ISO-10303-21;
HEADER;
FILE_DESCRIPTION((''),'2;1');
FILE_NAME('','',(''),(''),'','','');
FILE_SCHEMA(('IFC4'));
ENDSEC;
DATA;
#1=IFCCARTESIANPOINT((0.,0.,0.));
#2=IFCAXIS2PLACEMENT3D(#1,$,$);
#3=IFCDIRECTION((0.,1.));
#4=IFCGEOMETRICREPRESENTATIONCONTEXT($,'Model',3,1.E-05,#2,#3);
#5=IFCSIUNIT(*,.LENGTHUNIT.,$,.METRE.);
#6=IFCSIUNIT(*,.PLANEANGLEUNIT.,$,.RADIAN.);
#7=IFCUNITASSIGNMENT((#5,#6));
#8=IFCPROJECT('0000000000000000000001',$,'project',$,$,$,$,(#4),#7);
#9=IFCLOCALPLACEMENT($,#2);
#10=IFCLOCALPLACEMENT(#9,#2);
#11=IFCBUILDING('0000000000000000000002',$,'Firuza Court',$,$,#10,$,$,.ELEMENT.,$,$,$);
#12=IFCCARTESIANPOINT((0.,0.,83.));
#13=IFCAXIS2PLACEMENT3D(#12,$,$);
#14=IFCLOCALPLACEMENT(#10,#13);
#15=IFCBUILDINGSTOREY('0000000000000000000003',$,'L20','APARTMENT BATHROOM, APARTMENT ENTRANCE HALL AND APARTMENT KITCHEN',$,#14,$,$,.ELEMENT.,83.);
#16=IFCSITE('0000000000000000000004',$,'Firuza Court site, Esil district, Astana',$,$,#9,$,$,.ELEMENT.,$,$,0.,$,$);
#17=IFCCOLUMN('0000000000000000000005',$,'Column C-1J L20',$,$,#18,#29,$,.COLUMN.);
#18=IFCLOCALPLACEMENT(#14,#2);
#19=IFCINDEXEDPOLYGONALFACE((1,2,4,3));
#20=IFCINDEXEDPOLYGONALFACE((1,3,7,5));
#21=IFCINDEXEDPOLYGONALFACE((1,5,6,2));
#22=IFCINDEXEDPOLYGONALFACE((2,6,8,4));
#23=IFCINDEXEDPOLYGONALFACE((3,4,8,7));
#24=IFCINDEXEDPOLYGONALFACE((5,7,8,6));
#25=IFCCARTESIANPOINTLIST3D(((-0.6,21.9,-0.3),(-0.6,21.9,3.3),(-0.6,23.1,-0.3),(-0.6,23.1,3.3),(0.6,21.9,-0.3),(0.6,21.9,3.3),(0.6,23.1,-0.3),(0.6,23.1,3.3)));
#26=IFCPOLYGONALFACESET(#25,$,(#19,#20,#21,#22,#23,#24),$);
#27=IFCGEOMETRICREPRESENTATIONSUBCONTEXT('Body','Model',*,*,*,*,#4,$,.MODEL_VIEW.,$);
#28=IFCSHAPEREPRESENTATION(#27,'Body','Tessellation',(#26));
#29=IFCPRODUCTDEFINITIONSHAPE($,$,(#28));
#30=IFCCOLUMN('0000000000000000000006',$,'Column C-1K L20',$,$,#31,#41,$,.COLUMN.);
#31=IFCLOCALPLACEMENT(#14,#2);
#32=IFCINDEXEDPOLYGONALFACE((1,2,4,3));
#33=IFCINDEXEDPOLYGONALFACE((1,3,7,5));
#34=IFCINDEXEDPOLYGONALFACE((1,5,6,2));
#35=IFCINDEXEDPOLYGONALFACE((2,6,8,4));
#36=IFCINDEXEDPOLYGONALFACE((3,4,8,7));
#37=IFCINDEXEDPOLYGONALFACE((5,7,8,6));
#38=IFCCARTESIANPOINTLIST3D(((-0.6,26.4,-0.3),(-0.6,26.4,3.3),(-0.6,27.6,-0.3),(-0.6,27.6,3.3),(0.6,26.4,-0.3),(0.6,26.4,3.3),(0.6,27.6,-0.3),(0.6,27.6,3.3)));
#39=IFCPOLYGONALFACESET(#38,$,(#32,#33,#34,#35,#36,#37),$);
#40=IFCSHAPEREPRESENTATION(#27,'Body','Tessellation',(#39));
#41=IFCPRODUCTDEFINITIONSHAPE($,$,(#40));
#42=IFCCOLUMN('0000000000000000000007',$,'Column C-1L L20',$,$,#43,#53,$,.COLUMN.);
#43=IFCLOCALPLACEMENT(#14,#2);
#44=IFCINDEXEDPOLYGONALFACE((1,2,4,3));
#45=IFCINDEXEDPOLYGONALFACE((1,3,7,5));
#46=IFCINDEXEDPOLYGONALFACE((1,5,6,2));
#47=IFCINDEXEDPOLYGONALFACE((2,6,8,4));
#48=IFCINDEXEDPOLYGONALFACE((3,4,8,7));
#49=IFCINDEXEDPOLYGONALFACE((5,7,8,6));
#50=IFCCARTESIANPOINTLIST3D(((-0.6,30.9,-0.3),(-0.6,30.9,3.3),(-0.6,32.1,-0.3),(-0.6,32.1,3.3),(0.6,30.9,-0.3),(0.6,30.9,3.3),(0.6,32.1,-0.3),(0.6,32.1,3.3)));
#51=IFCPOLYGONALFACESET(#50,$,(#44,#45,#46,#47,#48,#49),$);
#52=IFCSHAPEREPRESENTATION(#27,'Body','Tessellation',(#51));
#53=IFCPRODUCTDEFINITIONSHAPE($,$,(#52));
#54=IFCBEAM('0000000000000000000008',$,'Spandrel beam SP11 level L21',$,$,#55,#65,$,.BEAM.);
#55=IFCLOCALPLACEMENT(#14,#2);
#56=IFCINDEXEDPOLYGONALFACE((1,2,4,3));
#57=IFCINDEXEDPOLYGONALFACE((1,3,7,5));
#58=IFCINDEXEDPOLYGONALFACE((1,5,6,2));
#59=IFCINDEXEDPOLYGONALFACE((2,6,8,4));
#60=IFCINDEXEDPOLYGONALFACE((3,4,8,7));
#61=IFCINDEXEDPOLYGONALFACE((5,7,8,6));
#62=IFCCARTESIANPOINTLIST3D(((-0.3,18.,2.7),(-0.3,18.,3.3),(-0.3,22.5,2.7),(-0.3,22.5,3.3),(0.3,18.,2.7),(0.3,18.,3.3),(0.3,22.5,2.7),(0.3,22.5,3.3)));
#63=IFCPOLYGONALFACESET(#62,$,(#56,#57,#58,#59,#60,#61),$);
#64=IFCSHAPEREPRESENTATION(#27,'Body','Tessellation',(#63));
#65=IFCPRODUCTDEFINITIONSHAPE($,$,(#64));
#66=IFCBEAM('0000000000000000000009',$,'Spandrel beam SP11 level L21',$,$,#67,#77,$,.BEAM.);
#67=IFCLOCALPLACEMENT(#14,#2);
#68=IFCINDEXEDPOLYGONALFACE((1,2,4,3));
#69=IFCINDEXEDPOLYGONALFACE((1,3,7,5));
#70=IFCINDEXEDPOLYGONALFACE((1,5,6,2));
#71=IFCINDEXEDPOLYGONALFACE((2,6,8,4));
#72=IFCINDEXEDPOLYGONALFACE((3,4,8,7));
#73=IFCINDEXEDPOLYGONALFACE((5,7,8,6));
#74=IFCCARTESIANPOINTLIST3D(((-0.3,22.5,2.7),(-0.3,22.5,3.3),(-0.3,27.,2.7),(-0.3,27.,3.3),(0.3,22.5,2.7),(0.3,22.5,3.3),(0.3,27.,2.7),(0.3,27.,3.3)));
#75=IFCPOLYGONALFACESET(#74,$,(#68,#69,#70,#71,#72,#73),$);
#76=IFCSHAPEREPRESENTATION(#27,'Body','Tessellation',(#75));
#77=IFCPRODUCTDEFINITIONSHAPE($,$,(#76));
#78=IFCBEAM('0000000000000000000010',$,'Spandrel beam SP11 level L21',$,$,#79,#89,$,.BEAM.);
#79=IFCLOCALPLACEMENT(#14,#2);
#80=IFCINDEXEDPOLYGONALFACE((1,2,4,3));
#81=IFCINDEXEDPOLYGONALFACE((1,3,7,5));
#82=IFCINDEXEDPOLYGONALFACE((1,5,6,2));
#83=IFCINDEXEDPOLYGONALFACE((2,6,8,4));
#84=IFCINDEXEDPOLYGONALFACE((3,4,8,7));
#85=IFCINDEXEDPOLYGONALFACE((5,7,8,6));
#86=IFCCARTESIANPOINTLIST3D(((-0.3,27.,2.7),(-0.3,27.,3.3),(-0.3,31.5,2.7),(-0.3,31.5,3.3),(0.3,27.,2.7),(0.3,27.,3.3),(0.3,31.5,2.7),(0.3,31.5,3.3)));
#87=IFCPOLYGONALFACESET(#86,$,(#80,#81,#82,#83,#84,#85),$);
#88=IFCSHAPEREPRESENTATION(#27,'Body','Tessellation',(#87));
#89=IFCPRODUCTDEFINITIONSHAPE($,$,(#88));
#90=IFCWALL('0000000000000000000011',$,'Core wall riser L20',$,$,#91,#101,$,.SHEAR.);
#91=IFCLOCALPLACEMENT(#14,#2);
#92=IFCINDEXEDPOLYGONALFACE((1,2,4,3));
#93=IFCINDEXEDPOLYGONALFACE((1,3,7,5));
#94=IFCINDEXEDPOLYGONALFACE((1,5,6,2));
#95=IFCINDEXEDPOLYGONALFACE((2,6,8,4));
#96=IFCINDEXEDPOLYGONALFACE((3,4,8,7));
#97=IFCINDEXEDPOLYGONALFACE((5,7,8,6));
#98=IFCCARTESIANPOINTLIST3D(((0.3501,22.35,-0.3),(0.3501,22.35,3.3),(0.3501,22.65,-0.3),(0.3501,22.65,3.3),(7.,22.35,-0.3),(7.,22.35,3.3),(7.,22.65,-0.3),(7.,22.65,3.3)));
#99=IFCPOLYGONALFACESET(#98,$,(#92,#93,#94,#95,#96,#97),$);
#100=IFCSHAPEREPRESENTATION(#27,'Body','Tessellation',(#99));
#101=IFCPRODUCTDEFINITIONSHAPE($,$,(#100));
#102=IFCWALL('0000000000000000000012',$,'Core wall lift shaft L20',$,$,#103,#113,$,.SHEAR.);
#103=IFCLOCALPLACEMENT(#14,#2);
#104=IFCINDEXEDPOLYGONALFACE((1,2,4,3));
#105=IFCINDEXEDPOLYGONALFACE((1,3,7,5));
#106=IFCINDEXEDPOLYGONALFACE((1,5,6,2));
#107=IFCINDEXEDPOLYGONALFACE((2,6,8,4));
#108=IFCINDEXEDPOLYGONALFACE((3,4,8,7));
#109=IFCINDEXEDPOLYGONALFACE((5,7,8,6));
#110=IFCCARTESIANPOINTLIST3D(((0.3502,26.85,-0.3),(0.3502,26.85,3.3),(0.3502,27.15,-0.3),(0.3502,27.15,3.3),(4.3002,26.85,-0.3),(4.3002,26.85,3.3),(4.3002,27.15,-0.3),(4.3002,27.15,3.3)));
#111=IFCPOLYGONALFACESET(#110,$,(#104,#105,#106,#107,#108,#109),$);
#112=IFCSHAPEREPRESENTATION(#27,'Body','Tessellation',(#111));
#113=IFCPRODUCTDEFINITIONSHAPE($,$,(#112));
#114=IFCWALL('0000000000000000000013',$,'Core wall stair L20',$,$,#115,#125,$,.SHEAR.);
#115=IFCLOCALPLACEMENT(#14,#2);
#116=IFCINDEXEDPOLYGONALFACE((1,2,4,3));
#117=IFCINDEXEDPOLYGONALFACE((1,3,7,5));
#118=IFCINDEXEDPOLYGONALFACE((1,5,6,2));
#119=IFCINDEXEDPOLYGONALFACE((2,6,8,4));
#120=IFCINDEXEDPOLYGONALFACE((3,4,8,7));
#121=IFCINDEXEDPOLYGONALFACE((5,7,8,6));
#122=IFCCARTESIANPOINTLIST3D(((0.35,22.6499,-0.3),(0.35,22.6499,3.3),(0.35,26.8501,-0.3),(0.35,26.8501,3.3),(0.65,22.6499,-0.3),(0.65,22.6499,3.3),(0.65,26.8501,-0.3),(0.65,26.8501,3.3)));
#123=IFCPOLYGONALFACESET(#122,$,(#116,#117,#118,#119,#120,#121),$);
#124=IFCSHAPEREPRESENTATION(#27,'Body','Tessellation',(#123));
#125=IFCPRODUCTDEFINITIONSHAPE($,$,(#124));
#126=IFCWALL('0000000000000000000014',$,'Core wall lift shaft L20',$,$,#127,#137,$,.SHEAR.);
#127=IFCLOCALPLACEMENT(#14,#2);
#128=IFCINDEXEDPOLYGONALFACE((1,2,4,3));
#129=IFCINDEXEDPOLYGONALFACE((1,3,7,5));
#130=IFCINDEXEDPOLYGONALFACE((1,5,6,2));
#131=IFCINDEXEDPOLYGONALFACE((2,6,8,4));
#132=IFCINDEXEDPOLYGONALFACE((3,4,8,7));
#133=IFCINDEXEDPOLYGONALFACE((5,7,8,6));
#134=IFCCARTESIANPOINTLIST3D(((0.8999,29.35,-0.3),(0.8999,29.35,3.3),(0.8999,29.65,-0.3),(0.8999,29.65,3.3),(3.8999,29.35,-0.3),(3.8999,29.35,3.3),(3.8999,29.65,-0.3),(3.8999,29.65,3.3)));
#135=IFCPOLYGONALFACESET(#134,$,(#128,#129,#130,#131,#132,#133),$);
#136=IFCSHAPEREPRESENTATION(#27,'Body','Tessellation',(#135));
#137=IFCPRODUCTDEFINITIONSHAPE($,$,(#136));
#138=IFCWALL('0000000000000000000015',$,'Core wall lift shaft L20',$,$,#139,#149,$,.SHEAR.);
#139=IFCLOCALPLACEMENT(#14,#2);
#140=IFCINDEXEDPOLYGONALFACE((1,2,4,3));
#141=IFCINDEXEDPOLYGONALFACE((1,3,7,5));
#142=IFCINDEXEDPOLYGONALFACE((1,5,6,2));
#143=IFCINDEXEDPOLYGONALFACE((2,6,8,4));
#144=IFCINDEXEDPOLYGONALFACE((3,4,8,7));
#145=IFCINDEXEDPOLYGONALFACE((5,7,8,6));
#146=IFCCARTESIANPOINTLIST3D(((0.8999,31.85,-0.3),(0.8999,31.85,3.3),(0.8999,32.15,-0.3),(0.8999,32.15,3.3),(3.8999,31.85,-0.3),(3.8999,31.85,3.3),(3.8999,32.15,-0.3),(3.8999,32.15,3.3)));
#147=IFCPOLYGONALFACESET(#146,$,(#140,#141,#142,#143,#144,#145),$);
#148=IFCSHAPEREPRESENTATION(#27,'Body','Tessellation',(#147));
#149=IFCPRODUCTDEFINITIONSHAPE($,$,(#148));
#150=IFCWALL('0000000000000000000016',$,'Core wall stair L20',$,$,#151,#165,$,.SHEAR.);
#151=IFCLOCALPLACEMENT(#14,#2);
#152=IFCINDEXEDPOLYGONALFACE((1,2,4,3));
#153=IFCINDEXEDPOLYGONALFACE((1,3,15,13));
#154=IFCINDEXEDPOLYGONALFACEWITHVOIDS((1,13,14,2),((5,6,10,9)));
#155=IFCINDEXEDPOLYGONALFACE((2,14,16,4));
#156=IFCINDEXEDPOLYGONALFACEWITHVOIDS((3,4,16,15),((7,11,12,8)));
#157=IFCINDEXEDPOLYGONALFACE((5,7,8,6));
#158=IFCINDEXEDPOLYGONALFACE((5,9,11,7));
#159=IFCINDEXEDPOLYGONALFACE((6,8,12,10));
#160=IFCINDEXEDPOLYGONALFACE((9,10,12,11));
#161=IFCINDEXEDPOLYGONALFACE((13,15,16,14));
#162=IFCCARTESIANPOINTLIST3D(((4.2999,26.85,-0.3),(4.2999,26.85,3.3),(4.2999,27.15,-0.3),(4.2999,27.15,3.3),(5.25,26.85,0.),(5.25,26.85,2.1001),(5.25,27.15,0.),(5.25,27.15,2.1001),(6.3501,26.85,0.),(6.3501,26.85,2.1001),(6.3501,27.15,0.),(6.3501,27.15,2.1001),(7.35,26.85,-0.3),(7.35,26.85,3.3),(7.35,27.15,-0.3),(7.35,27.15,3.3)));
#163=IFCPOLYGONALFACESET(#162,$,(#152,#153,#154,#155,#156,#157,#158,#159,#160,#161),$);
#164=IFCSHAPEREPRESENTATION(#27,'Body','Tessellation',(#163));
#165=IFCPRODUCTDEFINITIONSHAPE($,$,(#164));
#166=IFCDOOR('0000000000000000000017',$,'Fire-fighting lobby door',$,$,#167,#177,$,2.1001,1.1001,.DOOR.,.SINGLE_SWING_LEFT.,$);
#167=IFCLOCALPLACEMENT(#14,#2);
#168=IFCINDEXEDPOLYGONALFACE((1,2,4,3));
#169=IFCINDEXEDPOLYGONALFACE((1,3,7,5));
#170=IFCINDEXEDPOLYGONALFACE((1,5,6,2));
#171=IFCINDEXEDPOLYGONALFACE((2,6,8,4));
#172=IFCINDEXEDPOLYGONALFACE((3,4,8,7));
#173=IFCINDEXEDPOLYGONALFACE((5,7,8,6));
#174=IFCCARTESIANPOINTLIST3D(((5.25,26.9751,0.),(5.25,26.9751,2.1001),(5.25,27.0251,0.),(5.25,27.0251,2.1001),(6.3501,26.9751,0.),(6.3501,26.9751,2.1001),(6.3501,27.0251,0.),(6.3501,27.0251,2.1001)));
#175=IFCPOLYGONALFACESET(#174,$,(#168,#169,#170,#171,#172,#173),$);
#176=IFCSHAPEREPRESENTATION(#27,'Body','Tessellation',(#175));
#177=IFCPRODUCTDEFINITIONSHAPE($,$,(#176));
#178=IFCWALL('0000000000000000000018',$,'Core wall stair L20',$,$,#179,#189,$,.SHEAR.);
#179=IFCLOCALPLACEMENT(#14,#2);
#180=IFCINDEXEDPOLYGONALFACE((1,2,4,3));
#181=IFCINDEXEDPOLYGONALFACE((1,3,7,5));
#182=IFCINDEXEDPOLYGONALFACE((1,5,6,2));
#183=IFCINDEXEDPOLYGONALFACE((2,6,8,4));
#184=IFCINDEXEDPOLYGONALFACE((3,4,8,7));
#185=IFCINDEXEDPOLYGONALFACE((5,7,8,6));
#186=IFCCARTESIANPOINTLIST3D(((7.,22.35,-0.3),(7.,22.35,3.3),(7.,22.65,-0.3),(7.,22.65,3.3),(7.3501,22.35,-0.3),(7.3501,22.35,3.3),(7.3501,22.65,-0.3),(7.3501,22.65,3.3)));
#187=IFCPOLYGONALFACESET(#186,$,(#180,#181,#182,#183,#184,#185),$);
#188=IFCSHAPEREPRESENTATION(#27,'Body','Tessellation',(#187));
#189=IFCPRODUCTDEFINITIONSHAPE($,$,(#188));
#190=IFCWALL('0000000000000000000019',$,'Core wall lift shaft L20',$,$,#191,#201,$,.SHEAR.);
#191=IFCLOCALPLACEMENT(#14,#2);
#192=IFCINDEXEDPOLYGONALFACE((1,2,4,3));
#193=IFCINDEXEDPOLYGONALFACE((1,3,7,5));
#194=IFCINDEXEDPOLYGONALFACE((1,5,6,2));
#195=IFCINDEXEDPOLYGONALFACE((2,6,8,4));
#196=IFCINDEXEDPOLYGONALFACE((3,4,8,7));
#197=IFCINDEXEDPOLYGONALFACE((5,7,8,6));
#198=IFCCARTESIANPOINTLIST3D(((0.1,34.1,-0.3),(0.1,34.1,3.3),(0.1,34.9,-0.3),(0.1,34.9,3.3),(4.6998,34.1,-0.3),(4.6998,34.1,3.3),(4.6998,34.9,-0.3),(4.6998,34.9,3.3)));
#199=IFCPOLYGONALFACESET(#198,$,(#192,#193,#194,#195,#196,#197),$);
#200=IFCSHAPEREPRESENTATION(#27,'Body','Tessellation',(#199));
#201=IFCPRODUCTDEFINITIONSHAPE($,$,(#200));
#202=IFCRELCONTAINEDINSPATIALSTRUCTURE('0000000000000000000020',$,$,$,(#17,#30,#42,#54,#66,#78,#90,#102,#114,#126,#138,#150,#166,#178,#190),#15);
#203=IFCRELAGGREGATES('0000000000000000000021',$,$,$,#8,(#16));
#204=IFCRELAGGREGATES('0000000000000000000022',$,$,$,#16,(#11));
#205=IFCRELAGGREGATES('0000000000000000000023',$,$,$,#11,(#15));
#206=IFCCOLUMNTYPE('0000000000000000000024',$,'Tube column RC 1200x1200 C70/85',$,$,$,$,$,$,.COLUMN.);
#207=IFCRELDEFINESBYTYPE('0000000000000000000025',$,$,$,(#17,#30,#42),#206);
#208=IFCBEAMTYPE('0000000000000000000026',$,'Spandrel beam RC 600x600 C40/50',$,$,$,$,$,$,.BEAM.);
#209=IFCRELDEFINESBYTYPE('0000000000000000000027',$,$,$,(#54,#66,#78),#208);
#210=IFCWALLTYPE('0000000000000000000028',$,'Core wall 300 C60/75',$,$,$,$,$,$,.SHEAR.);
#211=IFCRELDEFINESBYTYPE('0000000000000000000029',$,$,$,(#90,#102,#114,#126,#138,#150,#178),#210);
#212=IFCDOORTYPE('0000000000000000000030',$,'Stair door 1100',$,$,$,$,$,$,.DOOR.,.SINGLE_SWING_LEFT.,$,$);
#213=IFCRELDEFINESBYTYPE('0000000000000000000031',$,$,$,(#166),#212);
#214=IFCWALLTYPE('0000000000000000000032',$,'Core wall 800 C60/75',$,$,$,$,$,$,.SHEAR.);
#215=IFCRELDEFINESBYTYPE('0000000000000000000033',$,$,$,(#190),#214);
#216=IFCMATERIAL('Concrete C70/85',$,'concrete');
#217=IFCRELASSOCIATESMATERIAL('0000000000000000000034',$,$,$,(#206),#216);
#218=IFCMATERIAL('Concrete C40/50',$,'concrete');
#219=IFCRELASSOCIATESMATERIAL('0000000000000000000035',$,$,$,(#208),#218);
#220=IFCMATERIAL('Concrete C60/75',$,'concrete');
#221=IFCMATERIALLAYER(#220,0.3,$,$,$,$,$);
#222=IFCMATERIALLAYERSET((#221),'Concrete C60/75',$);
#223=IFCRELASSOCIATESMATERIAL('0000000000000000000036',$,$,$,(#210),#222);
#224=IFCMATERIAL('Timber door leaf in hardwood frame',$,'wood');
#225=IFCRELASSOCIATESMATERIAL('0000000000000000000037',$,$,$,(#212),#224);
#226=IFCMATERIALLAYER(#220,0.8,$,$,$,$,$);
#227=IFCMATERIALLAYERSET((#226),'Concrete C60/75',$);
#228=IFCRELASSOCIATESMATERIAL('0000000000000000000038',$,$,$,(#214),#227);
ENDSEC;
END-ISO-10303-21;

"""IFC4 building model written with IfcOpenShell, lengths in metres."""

from ifc_helpers import new_model, si_unit, direction, frame, frame_2d, origin, origin_2d, place, context, subcontext, project, spatial, rectangle, extrude, material, layer, layer_set, material_profile, profile_set, type_object, element, fill, save


model = new_model("IFC4")

# Units and contexts
model_context = context("Model", 3, precision=1e-05, world=origin(), true_north=direction((0.0, 1.0)))
body_context = subcontext(model_context, "Body", "Model", "MODEL_VIEW")
ifc_project = project(units=[si_unit("LENGTHUNIT", "METRE"), si_unit("PLANEANGLEUNIT", "RADIAN")], contexts=[model_context])

# Site, building, storey
site_placement = place(None, origin())
site = spatial("IfcSite", under=ifc_project, at=site_placement, Name="Firuza Court site, Esil district, Astana", CompositionType="ELEMENT", RefElevation=0.0)
building_placement = place(site_placement, origin())
building = spatial("IfcBuilding", under=site, at=building_placement, Name="Firuza Court", CompositionType="ELEMENT")
storey_placement = place(building_placement, frame((0.0, 0.0, 83.0)))
storey = spatial("IfcBuildingStorey", under=building, at=storey_placement, Name="L20", Description="APARTMENT BATHROOM, APARTMENT ENTRANCE HALL AND APARTMENT KITCHEN", CompositionType="ELEMENT", Elevation=83.0)

# Columns
ifc_material_1 = material(Name="Concrete C70/85", Category="concrete")
ifc_material_profile_1 = material_profile(ifc_material_1, rectangle(XDim=1.2, YDim=1.2, at=origin_2d()), Name="RC 1200x1200")
ifc_profile_set_1 = profile_set([ifc_material_profile_1], Name="Concrete C70/85")
column_type = type_object("IfcColumnType", Name="Tube column RC 1200x1200 C70/85", PredefinedType="COLUMN", material=ifc_profile_set_1)
for number, where, z_axis, x_axis, name in (
    (1, (0.0, 22.5, -0.3), (0.0, 0.0, 1.0), (1.0, 0.0, 0.0), "Column C-1J L20"),
    (2, (0.0, 27.0, -0.3), (0.0, 0.0, 1.0), (1.0, 0.0, 0.0), "Column C-1K L20"),
    (3, (0.0, 31.5, -0.3), (0.0, 0.0, 1.0), (1.0, 0.0, 0.0), "Column C-1L L20"),
):
    element("IfcColumn", number, at=place(storey_placement, frame(where, z_axis=z_axis, x_axis=x_axis)), inside=storey, type_object=column_type, Name=name, PredefinedType="COLUMN", context=body_context, shape_type="SweptSolid", body=[
        extrude(rectangle(XDim=1.2, YDim=1.2, at=origin_2d()), origin(), (0.0, 0.0, 1.0), 3.6001),
    ])

# Beams
ifc_material_2 = material(Name="Concrete C40/50", Category="concrete")
ifc_material_profile_2 = material_profile(ifc_material_2, rectangle(XDim=0.6001, YDim=0.6001, at=origin_2d()), Name="RC 600x600")
ifc_profile_set_2 = profile_set([ifc_material_profile_2], Name="Concrete C40/50")
beam_type = type_object("IfcBeamType", Name="Spandrel beam RC 600x600 C40/50", PredefinedType="BEAM", material=ifc_profile_set_2)
for number, where, z_axis, x_axis, name in (
    (4, (0.0, 22.5, 3.0), (0.0, -1.0, 0.0), (1.0, 0.0, 0.0), "Spandrel beam SP11 level L21"),
    (5, (0.0, 27.0, 3.0), (0.0, -1.0, 0.0), (1.0, 0.0, 0.0), "Spandrel beam SP11 level L21"),
    (6, (0.0, 31.5, 3.0), (0.0, -1.0, 0.0), (1.0, 0.0, 0.0), "Spandrel beam SP11 level L21"),
):
    element("IfcBeam", number, at=place(storey_placement, frame(where, z_axis=z_axis, x_axis=x_axis)), inside=storey, type_object=beam_type, Name=name, PredefinedType="BEAM", context=body_context, shape_type="SweptSolid", body=[
        extrude(rectangle(XDim=0.6001, YDim=0.6001, at=origin_2d()), origin(), (0.0, 0.0, 1.0), 4.5),
    ])

# Walls
ifc_material_3 = material(Name="Concrete C60/75", Category="concrete")
ifc_layer_1 = layer(ifc_material_3, 0.3)
ifc_layer_set_1 = layer_set([ifc_layer_1], Name="Concrete C60/75")
wall_type_1 = type_object("IfcWallType", Name="Core wall 300 C60/75", PredefinedType="SHEAR", material=ifc_layer_set_1)
wall_1_placement = place(storey_placement, frame((0.3501, 22.5, -0.3), z_axis=(0.0, 0.0, 1.0), x_axis=(1.0, 0.0, 0.0)))
element("IfcWall", 7, at=wall_1_placement, inside=storey, type_object=wall_type_1, Name="Core wall riser L20", PredefinedType="SHEAR", context=body_context, shape_type="SweptSolid", body=[
    extrude(rectangle(XDim=6.6499, YDim=0.3, at=frame_2d((3.325, 0.0))), origin(), (0.0, 0.0, 1.0), 3.6001),
])
wall_2_placement = place(storey_placement, frame((0.3501, 27.0, -0.3), z_axis=(0.0, 0.0, 1.0), x_axis=(1.0, 0.0, 0.0)))
element("IfcWall", 8, at=wall_2_placement, inside=storey, type_object=wall_type_1, Name="Core wall lift shaft L20", PredefinedType="SHEAR", context=body_context, shape_type="SweptSolid", body=[
    extrude(rectangle(XDim=3.95, YDim=0.3, at=frame_2d((1.9751, 0.0))), origin(), (0.0, 0.0, 1.0), 3.6001),
])
wall_3_placement = place(storey_placement, frame((0.5, 22.6499, -0.3), z_axis=(0.0, 0.0, 1.0), x_axis=(0.0, 1.0, 0.0)))
element("IfcWall", 9, at=wall_3_placement, inside=storey, type_object=wall_type_1, Name="Core wall stair L20", PredefinedType="SHEAR", context=body_context, shape_type="SweptSolid", body=[
    extrude(rectangle(XDim=4.2002, YDim=0.3, at=frame_2d((2.1001, 0.0))), origin(), (0.0, 0.0, 1.0), 3.6001),
])
for number, where, z_axis, x_axis, name in (
    (10, (0.8999, 29.5, -0.3), (0.0, 0.0, 1.0), (1.0, 0.0, 0.0), "Core wall lift shaft L20"),
    (11, (0.8999, 32.0, -0.3), (0.0, 0.0, 1.0), (1.0, 0.0, 0.0), "Core wall lift shaft L20"),
):
    element("IfcWall", number, at=place(storey_placement, frame(where, z_axis=z_axis, x_axis=x_axis)), inside=storey, type_object=wall_type_1, Name=name, PredefinedType="SHEAR", context=body_context, shape_type="SweptSolid", body=[
        extrude(rectangle(XDim=3.0, YDim=0.3, at=frame_2d((1.5, 0.0))), origin(), (0.0, 0.0, 1.0), 3.6001),
    ])

# Wall, opening, door
wall_4_placement = place(storey_placement, frame((4.3, 27.0, -0.3), z_axis=(0.0, 0.0, 1.0), x_axis=(1.0, 0.0, 0.0)))
wall_4 = element("IfcWall", 12, at=wall_4_placement, inside=storey, type_object=wall_type_1, Name="Core wall stair L20", PredefinedType="SHEAR", context=body_context, shape_type="SweptSolid", body=[
    extrude(rectangle(XDim=3.05, YDim=0.3, at=frame_2d((1.5249, 0.0))), origin(), (0.0, 0.0, 1.0), 3.6001),
])
opening_1_placement = place(wall_4_placement, frame((0.95, 0.0, 0.3)))
opening_1 = element("IfcOpeningElement", 13, at=opening_1_placement, cuts=wall_4, PredefinedType="OPENING", context=body_context, shape_type="SweptSolid", body=[
    extrude(rectangle(XDim=1.1001, YDim=2.1001, at=frame_2d((0.55, 1.05))), frame((0.0, 0.1621, 0.0), z_axis=(0.0, -1.0, 0.0), x_axis=(1.0, 0.0, 0.0)), (0.0, 0.0, 1.0), 0.324),
])
ifc_material_4 = material(Name="Timber door leaf in hardwood frame", Category="wood")
door_type_1 = type_object("IfcDoorType", Name="Stair door 1100", OperationType="SINGLE_SWING_LEFT", PredefinedType="DOOR", material=ifc_material_4)
door_1_placement = place(opening_1_placement, frame((1.1001, 0.0, 0.0), z_axis=(0.0, 0.0, 1.0), x_axis=(-1.0, 0.0, 0.0)))
door_1 = element("IfcDoor", 14, at=door_1_placement, inside=storey, type_object=door_type_1, Name="Fire-fighting lobby door", OperationType="SINGLE_SWING_LEFT", OverallHeight=2.1001, OverallWidth=1.1001, PredefinedType="DOOR", context=body_context, shape_type="SweptSolid", body=[
    extrude(rectangle(XDim=1.1001, YDim=2.1001, at=frame_2d((0.55, 1.05))), frame((0.0, 0.0249, 0.0), z_axis=(0.0, -1.0, 0.0), x_axis=(1.0, 0.0, 0.0)), (0.0, 0.0, 1.0), 0.05),
])
fill(opening_1, door_1)

# Walls
wall_5_placement = place(storey_placement, frame((7.0, 22.5, -0.3), z_axis=(0.0, 0.0, 1.0), x_axis=(1.0, 0.0, 0.0)))
element("IfcWall", 15, at=wall_5_placement, inside=storey, type_object=wall_type_1, Name="Core wall stair L20", PredefinedType="SHEAR", context=body_context, shape_type="SweptSolid", body=[
    extrude(rectangle(XDim=0.3501, YDim=0.3, at=frame_2d((0.175, 0.0))), origin(), (0.0, 0.0, 1.0), 3.6001),
])
ifc_layer_2 = layer(ifc_material_3, 0.8)
ifc_layer_set_2 = layer_set([ifc_layer_2], Name="Concrete C60/75")
wall_type_2 = type_object("IfcWallType", Name="Core wall 800 C60/75", PredefinedType="SHEAR", material=ifc_layer_set_2)
wall_6_placement = place(storey_placement, frame((0.1001, 34.5, -0.3), z_axis=(0.0, 0.0, 1.0), x_axis=(1.0, 0.0, 0.0)))
element("IfcWall", 16, at=wall_6_placement, inside=storey, type_object=wall_type_2, Name="Core wall lift shaft L20", PredefinedType="SHEAR", context=body_context, shape_type="SweptSolid", body=[
    extrude(rectangle(XDim=4.5999, YDim=0.8, at=frame_2d((2.2998, 0.0))), origin(), (0.0, 0.0, 1.0), 3.6001),
])

save(model, "model.ifc")
